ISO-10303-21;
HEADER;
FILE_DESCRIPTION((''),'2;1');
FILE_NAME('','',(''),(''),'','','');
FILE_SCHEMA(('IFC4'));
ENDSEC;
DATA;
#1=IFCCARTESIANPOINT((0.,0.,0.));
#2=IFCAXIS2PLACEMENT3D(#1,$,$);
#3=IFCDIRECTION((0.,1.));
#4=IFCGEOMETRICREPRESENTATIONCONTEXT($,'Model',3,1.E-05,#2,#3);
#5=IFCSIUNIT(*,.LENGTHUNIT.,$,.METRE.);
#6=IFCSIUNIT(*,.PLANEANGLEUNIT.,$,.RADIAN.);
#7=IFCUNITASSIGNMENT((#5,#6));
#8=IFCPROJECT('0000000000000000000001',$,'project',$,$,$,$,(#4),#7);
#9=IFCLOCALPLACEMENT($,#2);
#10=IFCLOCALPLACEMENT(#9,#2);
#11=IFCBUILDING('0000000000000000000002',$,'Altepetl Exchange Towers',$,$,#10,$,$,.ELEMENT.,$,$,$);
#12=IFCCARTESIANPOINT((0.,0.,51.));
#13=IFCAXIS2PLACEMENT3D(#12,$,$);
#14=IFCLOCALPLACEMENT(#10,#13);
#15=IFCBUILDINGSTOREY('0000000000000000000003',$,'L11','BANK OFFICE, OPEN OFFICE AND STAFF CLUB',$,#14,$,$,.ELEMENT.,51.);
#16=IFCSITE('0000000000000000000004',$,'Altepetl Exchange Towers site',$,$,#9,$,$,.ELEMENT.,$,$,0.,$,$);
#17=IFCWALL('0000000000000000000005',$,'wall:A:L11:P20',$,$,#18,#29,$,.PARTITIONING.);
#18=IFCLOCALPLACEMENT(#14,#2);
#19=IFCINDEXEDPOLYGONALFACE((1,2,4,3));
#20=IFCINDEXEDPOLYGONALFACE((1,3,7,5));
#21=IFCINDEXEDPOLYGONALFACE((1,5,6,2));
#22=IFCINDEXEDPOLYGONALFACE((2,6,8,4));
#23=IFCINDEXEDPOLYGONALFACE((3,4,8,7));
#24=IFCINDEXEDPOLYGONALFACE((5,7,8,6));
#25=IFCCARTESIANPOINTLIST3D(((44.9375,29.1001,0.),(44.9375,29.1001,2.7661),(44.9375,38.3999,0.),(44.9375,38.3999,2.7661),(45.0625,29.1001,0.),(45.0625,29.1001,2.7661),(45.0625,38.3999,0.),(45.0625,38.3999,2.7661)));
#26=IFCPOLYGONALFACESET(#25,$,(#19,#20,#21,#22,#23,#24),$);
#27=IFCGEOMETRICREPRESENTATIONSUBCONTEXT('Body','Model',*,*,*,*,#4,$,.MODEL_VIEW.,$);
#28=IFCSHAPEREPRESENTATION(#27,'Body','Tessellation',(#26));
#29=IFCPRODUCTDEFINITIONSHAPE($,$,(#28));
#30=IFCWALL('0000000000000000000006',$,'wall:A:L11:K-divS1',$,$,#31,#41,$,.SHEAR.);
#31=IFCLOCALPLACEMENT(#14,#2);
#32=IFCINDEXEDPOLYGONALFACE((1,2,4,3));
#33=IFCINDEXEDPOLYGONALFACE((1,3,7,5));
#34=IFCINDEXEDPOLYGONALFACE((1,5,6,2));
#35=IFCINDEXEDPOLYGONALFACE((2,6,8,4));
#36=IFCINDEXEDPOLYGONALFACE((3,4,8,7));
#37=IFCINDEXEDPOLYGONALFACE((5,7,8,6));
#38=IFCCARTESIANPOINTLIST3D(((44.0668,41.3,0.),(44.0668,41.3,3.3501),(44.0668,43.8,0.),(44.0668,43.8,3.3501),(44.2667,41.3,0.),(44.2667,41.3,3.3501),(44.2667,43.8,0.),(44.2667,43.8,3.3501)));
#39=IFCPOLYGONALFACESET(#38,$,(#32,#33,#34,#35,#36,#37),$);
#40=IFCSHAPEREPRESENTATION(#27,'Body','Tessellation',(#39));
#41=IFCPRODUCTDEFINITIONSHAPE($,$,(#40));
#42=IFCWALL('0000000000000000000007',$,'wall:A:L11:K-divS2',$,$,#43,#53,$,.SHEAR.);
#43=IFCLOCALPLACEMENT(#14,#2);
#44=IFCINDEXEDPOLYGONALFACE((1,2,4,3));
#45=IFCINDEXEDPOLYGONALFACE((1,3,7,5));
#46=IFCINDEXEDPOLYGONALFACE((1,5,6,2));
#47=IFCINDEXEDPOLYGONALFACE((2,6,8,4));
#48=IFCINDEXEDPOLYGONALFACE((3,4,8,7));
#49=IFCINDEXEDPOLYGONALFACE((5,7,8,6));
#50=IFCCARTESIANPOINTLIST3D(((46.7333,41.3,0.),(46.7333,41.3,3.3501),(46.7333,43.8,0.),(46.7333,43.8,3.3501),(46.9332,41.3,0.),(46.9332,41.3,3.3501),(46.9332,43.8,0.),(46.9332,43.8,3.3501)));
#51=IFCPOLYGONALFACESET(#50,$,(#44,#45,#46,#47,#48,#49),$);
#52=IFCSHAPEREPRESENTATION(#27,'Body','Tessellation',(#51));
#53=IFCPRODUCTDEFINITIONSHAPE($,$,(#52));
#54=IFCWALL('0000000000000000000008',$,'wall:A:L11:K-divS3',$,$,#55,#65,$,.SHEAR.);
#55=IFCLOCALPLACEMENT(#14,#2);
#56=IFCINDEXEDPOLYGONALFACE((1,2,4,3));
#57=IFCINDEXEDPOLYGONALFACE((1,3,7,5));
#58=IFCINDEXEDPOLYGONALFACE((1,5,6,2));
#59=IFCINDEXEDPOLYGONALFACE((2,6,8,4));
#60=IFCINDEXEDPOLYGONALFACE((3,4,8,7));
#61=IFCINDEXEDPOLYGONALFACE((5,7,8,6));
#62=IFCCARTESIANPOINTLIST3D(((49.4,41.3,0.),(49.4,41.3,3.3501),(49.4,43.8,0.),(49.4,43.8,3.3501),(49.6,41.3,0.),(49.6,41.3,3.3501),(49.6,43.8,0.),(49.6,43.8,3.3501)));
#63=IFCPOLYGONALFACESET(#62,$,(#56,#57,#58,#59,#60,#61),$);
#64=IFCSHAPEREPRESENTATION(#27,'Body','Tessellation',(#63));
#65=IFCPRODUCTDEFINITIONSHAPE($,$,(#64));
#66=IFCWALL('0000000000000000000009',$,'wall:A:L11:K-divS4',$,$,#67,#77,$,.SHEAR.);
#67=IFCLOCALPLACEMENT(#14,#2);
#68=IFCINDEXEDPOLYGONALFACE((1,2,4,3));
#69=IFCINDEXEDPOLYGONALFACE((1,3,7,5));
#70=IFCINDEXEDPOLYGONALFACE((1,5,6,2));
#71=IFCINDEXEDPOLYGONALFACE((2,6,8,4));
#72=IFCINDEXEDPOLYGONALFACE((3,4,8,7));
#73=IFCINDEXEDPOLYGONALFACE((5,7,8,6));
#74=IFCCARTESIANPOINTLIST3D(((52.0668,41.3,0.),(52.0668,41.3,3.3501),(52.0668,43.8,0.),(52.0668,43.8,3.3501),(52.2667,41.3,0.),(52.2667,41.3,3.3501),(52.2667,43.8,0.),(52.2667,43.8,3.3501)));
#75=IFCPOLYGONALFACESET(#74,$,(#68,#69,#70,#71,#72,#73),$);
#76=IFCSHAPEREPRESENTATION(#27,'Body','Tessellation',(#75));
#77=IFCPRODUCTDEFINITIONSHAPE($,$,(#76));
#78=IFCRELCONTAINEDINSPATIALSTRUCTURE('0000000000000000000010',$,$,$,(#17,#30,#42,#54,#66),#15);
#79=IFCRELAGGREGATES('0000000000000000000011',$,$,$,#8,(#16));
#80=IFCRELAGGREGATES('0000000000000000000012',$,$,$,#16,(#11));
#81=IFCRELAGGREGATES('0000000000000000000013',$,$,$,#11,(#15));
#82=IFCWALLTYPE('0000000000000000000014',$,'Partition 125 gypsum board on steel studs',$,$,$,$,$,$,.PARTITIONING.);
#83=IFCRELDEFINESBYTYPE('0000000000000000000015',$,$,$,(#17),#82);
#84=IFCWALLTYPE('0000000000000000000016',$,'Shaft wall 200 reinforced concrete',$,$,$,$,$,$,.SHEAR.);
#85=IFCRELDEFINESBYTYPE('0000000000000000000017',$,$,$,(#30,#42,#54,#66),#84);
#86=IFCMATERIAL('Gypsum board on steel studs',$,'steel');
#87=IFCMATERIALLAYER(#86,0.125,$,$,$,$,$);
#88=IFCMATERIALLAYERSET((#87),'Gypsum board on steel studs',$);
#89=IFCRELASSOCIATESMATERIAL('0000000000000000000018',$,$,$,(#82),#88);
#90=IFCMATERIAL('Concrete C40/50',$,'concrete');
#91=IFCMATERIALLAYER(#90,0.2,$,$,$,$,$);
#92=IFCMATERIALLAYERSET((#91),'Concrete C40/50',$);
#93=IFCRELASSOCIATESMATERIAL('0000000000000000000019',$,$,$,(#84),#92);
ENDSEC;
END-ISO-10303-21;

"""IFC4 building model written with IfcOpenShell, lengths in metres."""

from ifc_helpers import new_model, si_unit, direction, frame, frame_2d, origin, place, context, subcontext, project, spatial, rectangle, extrude, material, layer, layer_set, type_object, element, save


model = new_model("IFC4")

# Units and contexts
model_context = context("Model", 3, precision=1e-05, world=origin(), true_north=direction((0.0, 1.0)))
body_context = subcontext(model_context, "Body", "Model", "MODEL_VIEW")
ifc_project = project(units=[si_unit("LENGTHUNIT", "METRE"), si_unit("PLANEANGLEUNIT", "RADIAN")], contexts=[model_context])

# Site, building, storey
site_placement = place(None, origin())
site = spatial("IfcSite", under=ifc_project, at=site_placement, Name="Altepetl Exchange Towers site", CompositionType="ELEMENT", RefElevation=0.0)
building_placement = place(site_placement, origin())
building = spatial("IfcBuilding", under=site, at=building_placement, Name="Altepetl Exchange Towers", CompositionType="ELEMENT")
storey_placement = place(building_placement, frame((0.0, 0.0, 51.0)))
storey = spatial("IfcBuildingStorey", under=building, at=storey_placement, Name="L11", Description="BANK OFFICE, OPEN OFFICE AND STAFF CLUB", CompositionType="ELEMENT", Elevation=51.0)

# Walls
ifc_material_1 = material(Name="Gypsum board on steel studs", Category="steel")
ifc_layer_1 = layer(ifc_material_1, 0.125)
ifc_layer_set_1 = layer_set([ifc_layer_1], Name="Gypsum board on steel studs")
wall_type_1 = type_object("IfcWallType", Name="Partition 125 gypsum board on steel studs", PredefinedType="PARTITIONING", material=ifc_layer_set_1)
wall_1_placement = place(storey_placement, frame((45.0, 29.1001, 0.0), z_axis=(0.0, 0.0, 1.0), x_axis=(0.0, 1.0, 0.0)))
element("IfcWall", 1, at=wall_1_placement, inside=storey, type_object=wall_type_1, Name="wall:A:L11:P20", PredefinedType="PARTITIONING", context=body_context, shape_type="SweptSolid", body=[
    extrude(rectangle(XDim=9.2998, YDim=0.125, at=frame_2d((4.6499, 0.0))), origin(), (0.0, 0.0, 1.0), 2.7661),
])
ifc_material_2 = material(Name="Concrete C40/50", Category="concrete")
ifc_layer_2 = layer(ifc_material_2, 0.2)
ifc_layer_set_2 = layer_set([ifc_layer_2], Name="Concrete C40/50")
wall_type_2 = type_object("IfcWallType", Name="Shaft wall 200 reinforced concrete", PredefinedType="SHEAR", material=ifc_layer_set_2)
for number, where, z_axis, x_axis, name in (
    (2, (44.1667, 41.3, 0.0), (0.0, 0.0, 1.0), (0.0, 1.0, 0.0), "wall:A:L11:K-divS1"),
    (3, (46.8333, 41.3, 0.0), (0.0, 0.0, 1.0), (0.0, 1.0, 0.0), "wall:A:L11:K-divS2"),
    (4, (49.5, 41.3, 0.0), (0.0, 0.0, 1.0), (0.0, 1.0, 0.0), "wall:A:L11:K-divS3"),
    (5, (52.1667, 41.3, 0.0), (0.0, 0.0, 1.0), (0.0, 1.0, 0.0), "wall:A:L11:K-divS4"),
):
    element("IfcWall", number, at=place(storey_placement, frame(where, z_axis=z_axis, x_axis=x_axis)), inside=storey, type_object=wall_type_2, Name=name, PredefinedType="SHEAR", context=body_context, shape_type="SweptSolid", body=[
        extrude(rectangle(XDim=2.5, YDim=0.2, at=frame_2d((1.25, 0.0))), origin(), (0.0, 0.0, 1.0), 3.3501),
    ])

save(model, "model.ifc")
